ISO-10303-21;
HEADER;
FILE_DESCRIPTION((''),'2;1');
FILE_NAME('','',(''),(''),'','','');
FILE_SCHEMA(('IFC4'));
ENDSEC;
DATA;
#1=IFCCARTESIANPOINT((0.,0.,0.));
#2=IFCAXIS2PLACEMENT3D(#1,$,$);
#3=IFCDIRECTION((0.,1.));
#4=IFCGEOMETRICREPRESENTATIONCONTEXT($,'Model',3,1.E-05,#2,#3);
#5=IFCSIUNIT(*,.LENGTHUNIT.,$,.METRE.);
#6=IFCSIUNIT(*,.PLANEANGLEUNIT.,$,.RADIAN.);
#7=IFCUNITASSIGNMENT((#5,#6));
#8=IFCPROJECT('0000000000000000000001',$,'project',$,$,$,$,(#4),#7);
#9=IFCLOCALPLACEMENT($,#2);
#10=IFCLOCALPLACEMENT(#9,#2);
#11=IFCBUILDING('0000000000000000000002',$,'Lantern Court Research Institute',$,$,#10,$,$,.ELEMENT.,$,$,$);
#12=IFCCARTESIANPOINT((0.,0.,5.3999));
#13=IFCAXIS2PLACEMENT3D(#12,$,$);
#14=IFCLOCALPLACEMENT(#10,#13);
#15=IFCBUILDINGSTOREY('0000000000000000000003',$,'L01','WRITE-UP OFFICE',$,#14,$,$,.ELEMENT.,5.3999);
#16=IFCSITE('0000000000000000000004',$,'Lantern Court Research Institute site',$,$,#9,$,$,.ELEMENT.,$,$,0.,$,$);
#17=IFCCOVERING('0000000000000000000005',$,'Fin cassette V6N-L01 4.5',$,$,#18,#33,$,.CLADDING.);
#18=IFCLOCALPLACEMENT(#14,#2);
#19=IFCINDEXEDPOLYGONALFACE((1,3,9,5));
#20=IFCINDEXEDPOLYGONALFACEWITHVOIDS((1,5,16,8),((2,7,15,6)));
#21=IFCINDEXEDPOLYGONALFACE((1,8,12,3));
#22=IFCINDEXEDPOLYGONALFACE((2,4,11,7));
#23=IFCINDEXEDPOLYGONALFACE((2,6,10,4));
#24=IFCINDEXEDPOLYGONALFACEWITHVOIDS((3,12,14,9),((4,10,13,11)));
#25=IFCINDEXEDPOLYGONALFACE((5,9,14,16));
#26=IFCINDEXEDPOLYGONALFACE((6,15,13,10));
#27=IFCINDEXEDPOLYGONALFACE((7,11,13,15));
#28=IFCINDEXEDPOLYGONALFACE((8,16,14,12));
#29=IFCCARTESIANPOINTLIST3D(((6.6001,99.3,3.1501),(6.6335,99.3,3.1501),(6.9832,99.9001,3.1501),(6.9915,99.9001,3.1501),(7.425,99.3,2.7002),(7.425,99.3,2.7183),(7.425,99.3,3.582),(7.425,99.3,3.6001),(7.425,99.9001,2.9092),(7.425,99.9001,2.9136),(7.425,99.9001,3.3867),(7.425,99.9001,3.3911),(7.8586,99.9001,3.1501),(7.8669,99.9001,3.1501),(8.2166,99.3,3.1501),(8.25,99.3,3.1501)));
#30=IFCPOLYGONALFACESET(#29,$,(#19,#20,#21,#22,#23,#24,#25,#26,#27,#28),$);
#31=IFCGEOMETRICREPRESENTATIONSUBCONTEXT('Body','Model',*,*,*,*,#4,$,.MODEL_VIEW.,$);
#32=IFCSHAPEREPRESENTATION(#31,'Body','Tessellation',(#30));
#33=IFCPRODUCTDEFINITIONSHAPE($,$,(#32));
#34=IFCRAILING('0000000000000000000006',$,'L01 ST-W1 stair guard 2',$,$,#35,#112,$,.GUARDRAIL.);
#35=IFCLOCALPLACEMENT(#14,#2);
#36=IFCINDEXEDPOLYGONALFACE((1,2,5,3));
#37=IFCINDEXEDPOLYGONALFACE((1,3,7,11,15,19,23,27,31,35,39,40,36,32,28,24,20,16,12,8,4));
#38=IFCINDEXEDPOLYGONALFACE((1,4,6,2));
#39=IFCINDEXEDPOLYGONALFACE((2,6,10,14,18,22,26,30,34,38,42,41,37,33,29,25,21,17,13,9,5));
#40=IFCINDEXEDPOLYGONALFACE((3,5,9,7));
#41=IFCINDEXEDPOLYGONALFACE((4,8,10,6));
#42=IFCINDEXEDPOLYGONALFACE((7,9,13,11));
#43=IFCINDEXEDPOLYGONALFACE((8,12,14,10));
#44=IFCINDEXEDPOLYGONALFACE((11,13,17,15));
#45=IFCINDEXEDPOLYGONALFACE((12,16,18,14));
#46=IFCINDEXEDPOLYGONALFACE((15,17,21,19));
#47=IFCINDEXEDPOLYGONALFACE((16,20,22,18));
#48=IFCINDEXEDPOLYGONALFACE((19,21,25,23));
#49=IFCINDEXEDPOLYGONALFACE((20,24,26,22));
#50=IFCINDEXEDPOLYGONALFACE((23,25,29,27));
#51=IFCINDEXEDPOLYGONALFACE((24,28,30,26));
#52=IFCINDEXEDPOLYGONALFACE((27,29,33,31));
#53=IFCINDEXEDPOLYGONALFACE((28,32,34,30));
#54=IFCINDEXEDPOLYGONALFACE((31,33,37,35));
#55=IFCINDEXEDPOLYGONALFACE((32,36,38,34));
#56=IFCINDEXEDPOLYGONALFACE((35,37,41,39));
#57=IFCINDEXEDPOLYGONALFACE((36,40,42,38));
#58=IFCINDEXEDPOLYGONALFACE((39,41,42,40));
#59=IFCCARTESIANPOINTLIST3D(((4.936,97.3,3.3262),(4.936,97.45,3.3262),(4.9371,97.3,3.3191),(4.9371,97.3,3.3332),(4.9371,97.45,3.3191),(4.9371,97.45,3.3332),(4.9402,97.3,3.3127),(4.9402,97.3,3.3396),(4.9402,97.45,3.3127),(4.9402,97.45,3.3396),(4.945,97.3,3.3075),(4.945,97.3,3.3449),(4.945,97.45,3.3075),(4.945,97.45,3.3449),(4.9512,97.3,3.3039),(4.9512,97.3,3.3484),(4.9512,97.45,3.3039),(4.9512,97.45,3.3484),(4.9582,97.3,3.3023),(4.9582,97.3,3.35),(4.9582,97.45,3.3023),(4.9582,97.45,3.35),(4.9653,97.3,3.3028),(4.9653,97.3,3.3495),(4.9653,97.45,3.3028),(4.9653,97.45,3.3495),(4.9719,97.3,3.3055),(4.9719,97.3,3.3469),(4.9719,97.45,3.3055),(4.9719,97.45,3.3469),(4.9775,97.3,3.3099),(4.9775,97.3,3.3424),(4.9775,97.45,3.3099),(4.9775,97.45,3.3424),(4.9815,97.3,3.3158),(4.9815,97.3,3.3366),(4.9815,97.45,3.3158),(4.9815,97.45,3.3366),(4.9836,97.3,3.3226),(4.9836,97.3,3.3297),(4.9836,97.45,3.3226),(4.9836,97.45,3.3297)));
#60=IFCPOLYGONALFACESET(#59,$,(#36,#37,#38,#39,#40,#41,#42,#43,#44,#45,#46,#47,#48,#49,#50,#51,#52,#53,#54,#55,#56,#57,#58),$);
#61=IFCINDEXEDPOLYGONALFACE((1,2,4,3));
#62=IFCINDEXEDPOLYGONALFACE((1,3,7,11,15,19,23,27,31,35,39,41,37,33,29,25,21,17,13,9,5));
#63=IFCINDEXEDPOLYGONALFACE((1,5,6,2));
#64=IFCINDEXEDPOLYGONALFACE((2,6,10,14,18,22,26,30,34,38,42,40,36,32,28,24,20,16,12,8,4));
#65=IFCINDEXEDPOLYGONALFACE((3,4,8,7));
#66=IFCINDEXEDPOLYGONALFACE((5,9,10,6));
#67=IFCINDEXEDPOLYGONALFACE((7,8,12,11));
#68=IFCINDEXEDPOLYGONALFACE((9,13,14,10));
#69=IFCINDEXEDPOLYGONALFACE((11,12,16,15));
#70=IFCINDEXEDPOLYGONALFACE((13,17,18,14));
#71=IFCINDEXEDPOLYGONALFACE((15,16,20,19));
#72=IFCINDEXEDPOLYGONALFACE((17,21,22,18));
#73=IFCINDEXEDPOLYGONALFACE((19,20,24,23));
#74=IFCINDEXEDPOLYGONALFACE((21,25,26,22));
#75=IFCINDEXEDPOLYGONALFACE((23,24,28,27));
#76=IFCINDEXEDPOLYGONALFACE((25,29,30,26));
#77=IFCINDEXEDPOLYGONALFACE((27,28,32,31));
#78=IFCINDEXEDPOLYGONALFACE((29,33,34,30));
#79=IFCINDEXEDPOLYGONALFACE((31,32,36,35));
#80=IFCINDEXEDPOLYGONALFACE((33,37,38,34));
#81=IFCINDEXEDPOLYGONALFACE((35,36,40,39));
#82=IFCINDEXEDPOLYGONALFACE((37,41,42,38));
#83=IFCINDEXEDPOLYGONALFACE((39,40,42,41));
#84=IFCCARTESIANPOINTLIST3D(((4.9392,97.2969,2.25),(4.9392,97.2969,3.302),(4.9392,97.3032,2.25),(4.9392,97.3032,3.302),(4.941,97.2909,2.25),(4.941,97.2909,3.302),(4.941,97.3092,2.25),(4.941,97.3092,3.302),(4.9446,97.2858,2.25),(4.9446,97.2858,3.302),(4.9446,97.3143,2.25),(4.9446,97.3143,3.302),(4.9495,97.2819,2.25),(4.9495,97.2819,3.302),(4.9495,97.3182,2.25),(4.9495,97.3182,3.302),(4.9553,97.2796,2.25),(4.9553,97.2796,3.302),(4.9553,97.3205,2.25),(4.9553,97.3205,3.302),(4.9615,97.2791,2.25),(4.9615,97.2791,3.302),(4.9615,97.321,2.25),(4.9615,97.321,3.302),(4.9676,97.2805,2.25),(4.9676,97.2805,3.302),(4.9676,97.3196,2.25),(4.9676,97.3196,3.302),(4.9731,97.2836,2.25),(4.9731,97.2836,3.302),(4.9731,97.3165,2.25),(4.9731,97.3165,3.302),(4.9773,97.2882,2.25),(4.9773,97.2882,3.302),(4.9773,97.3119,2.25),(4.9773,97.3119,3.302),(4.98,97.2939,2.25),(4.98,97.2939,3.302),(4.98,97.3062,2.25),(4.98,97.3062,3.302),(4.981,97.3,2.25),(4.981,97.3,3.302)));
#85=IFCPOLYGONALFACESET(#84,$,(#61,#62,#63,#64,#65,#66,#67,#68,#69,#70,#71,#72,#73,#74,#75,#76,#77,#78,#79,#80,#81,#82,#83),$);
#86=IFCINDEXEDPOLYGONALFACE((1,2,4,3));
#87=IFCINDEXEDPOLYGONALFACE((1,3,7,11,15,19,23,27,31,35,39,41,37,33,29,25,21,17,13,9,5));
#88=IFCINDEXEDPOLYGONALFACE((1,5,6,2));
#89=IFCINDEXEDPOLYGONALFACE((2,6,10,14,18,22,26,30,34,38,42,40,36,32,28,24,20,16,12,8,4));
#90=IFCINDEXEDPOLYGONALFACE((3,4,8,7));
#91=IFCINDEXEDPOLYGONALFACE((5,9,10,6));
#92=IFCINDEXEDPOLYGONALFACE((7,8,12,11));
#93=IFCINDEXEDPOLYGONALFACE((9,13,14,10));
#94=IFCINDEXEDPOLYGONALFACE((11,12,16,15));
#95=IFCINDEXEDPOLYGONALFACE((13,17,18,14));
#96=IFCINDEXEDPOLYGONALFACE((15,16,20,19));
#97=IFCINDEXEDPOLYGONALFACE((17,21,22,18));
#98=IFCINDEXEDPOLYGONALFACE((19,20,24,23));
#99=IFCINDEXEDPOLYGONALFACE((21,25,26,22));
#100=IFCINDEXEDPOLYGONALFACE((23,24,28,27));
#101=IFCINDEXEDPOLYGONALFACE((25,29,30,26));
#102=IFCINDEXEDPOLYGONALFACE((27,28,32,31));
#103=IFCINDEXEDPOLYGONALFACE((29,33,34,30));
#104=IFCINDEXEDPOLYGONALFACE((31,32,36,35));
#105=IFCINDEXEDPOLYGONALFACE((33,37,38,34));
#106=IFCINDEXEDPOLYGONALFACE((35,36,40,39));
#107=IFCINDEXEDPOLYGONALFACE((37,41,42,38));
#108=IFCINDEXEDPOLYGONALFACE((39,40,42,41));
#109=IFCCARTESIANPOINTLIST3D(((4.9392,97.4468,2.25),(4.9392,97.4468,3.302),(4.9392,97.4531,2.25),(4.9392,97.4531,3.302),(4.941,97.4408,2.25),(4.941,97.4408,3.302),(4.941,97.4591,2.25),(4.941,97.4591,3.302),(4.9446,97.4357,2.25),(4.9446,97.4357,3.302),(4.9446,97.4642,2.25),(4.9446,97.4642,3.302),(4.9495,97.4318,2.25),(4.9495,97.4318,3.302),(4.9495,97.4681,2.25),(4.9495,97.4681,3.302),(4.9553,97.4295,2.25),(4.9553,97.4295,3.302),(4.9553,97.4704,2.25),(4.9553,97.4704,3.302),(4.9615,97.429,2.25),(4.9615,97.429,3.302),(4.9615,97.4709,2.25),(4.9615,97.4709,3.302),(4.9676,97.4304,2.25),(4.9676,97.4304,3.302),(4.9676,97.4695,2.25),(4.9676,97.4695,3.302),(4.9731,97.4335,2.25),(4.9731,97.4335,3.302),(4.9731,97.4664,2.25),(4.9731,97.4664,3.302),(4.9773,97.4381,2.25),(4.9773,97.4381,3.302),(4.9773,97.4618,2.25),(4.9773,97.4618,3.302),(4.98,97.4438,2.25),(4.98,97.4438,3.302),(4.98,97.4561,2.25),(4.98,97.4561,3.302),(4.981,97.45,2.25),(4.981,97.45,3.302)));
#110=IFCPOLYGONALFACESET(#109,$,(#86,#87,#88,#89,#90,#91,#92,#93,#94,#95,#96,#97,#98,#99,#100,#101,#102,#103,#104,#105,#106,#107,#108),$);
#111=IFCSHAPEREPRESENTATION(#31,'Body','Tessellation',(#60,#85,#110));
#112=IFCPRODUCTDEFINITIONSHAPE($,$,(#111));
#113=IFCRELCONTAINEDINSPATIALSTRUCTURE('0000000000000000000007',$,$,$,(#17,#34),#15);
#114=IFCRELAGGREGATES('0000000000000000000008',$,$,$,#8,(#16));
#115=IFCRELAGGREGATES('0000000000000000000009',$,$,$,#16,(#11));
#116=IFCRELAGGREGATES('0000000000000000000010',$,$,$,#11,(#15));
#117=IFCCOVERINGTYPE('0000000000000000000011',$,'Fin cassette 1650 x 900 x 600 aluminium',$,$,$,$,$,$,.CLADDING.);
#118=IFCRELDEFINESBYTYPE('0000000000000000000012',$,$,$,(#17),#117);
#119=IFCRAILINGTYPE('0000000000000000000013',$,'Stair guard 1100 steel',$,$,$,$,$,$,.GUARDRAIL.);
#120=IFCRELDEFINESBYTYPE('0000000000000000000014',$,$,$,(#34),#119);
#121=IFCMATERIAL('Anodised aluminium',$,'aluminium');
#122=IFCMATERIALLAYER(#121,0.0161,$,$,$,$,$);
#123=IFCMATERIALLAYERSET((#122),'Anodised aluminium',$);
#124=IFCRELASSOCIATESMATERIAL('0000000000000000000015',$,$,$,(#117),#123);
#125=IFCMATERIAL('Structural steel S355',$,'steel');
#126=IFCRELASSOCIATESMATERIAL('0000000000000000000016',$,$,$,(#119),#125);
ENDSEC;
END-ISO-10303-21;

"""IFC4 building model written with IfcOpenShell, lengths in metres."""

from ifc_helpers import new_model, entity, si_unit, direction, frame, origin, origin_2d, place, context, subcontext, project, spatial, circle, extrude, material, layer, layer_set, type_object, element, save


model = new_model("IFC4")

# Units and contexts
model_context = context("Model", 3, precision=1e-05, world=origin(), true_north=direction((0.0, 1.0)))
body_context = subcontext(model_context, "Body", "Model", "MODEL_VIEW")
ifc_project = project(units=[si_unit("LENGTHUNIT", "METRE"), si_unit("PLANEANGLEUNIT", "RADIAN")], contexts=[model_context])

# Site, building, storey
site_placement = place(None, origin())
site = spatial("IfcSite", under=ifc_project, at=site_placement, Name="Lantern Court Research Institute site", CompositionType="ELEMENT", RefElevation=0.0)
building_placement = place(site_placement, origin())
building = spatial("IfcBuilding", under=site, at=building_placement, Name="Lantern Court Research Institute", CompositionType="ELEMENT")
storey_placement = place(building_placement, frame((0.0, 0.0, 5.3999)))
storey = spatial("IfcBuildingStorey", under=building, at=storey_placement, Name="L01", Description="WRITE-UP OFFICE", CompositionType="ELEMENT", Elevation=5.3999)

# Covering
ifc_material_1 = material(Name="Anodised aluminium", Category="aluminium")
ifc_layer_1 = layer(ifc_material_1, 0.0161)
ifc_layer_set_1 = layer_set([ifc_layer_1], Name="Anodised aluminium")
covering_type_1 = type_object("IfcCoveringType", Name="Fin cassette 1650 x 900 x 600 aluminium", PredefinedType="CLADDING", material=ifc_layer_set_1)
covering_1_placement = place(storey_placement, frame((7.425, 99.3, 3.1501), z_axis=(0.0, 1.0, 0.0), x_axis=(-1.0, 0.0, 0.0)))
cartesian_point_1 = entity("IfcCartesianPoint", [0.825, 0.0])
cartesian_point_2 = entity("IfcCartesianPoint", [0.7915, 0.0])
cartesian_point_3 = entity("IfcCartesianPoint", [0.4419, 0.0])
cartesian_point_4 = entity("IfcCartesianPoint", [0.4336, 0.0])
element("IfcCovering", 1, at=covering_1_placement, inside=storey, type_object=covering_type_1, Name="Fin cassette V6N-L01 4.5", PredefinedType="CLADDING", context=body_context, shape_type="SweptSolid", body=[
    entity("IfcExtrudedAreaSolidTapered", entity("IfcArbitraryProfileDefWithVoids", "AREA", None, entity("IfcPolyline", [cartesian_point_1, entity("IfcCartesianPoint", [0.0, 0.45]), entity("IfcCartesianPoint", [-0.825, 0.0]), entity("IfcCartesianPoint", [0.0, -0.45]), cartesian_point_1]), [entity("IfcPolyline", [cartesian_point_2, entity("IfcCartesianPoint", [0.0, 0.4319]), entity("IfcCartesianPoint", [-0.7915, 0.0]), entity("IfcCartesianPoint", [0.0, -0.4319]), cartesian_point_2])]), entity("IfcAxis2Placement3D", entity("IfcCartesianPoint", [0.0, 0.0, 0.0])), entity("IfcDirection", [0.0, 0.0, 1.0]), 0.6001, entity("IfcArbitraryProfileDefWithVoids", "AREA", None, entity("IfcPolyline", [cartesian_point_3, entity("IfcCartesianPoint", [0.0, 0.241]), entity("IfcCartesianPoint", [-0.4419, 0.0]), entity("IfcCartesianPoint", [0.0, -0.241]), cartesian_point_3]), [entity("IfcPolyline", [cartesian_point_4, entity("IfcCartesianPoint", [0.0, 0.2366]), entity("IfcCartesianPoint", [-0.4336, 0.0]), entity("IfcCartesianPoint", [0.0, -0.2366]), cartesian_point_4])])),
])

# Railing
ifc_material_2 = material(Name="Structural steel S355", Category="steel")
railing_type_1 = type_object("IfcRailingType", Name="Stair guard 1100 steel", PredefinedType="GUARDRAIL", material=ifc_material_2)
railing_1_placement = place(storey_placement, frame((4.96, 97.3, 2.25)))
element("IfcRailing", 2, at=railing_1_placement, inside=storey, type_object=railing_type_1, Name="L01 ST-W1 stair guard 2", PredefinedType="GUARDRAIL", context=body_context, shape_type="SweptSolid", body=[
    extrude(circle(Radius=0.0239, at=origin_2d()), frame((0.0, 0.0, 1.0762), z_axis=(0.0, 1.0, 0.0), x_axis=(-1.0, 0.0, 0.0)), (0.0, 0.0, 1.0), 0.1499),
    extrude(circle(Radius=0.021, at=origin_2d()), origin(), (0.0, 0.0, 1.0), 1.052),
    extrude(circle(Radius=0.021, at=origin_2d()), frame((0.0, 0.1499, 0.0)), (0.0, 0.0, 1.0), 1.052),
])

save(model, "model.ifc")
